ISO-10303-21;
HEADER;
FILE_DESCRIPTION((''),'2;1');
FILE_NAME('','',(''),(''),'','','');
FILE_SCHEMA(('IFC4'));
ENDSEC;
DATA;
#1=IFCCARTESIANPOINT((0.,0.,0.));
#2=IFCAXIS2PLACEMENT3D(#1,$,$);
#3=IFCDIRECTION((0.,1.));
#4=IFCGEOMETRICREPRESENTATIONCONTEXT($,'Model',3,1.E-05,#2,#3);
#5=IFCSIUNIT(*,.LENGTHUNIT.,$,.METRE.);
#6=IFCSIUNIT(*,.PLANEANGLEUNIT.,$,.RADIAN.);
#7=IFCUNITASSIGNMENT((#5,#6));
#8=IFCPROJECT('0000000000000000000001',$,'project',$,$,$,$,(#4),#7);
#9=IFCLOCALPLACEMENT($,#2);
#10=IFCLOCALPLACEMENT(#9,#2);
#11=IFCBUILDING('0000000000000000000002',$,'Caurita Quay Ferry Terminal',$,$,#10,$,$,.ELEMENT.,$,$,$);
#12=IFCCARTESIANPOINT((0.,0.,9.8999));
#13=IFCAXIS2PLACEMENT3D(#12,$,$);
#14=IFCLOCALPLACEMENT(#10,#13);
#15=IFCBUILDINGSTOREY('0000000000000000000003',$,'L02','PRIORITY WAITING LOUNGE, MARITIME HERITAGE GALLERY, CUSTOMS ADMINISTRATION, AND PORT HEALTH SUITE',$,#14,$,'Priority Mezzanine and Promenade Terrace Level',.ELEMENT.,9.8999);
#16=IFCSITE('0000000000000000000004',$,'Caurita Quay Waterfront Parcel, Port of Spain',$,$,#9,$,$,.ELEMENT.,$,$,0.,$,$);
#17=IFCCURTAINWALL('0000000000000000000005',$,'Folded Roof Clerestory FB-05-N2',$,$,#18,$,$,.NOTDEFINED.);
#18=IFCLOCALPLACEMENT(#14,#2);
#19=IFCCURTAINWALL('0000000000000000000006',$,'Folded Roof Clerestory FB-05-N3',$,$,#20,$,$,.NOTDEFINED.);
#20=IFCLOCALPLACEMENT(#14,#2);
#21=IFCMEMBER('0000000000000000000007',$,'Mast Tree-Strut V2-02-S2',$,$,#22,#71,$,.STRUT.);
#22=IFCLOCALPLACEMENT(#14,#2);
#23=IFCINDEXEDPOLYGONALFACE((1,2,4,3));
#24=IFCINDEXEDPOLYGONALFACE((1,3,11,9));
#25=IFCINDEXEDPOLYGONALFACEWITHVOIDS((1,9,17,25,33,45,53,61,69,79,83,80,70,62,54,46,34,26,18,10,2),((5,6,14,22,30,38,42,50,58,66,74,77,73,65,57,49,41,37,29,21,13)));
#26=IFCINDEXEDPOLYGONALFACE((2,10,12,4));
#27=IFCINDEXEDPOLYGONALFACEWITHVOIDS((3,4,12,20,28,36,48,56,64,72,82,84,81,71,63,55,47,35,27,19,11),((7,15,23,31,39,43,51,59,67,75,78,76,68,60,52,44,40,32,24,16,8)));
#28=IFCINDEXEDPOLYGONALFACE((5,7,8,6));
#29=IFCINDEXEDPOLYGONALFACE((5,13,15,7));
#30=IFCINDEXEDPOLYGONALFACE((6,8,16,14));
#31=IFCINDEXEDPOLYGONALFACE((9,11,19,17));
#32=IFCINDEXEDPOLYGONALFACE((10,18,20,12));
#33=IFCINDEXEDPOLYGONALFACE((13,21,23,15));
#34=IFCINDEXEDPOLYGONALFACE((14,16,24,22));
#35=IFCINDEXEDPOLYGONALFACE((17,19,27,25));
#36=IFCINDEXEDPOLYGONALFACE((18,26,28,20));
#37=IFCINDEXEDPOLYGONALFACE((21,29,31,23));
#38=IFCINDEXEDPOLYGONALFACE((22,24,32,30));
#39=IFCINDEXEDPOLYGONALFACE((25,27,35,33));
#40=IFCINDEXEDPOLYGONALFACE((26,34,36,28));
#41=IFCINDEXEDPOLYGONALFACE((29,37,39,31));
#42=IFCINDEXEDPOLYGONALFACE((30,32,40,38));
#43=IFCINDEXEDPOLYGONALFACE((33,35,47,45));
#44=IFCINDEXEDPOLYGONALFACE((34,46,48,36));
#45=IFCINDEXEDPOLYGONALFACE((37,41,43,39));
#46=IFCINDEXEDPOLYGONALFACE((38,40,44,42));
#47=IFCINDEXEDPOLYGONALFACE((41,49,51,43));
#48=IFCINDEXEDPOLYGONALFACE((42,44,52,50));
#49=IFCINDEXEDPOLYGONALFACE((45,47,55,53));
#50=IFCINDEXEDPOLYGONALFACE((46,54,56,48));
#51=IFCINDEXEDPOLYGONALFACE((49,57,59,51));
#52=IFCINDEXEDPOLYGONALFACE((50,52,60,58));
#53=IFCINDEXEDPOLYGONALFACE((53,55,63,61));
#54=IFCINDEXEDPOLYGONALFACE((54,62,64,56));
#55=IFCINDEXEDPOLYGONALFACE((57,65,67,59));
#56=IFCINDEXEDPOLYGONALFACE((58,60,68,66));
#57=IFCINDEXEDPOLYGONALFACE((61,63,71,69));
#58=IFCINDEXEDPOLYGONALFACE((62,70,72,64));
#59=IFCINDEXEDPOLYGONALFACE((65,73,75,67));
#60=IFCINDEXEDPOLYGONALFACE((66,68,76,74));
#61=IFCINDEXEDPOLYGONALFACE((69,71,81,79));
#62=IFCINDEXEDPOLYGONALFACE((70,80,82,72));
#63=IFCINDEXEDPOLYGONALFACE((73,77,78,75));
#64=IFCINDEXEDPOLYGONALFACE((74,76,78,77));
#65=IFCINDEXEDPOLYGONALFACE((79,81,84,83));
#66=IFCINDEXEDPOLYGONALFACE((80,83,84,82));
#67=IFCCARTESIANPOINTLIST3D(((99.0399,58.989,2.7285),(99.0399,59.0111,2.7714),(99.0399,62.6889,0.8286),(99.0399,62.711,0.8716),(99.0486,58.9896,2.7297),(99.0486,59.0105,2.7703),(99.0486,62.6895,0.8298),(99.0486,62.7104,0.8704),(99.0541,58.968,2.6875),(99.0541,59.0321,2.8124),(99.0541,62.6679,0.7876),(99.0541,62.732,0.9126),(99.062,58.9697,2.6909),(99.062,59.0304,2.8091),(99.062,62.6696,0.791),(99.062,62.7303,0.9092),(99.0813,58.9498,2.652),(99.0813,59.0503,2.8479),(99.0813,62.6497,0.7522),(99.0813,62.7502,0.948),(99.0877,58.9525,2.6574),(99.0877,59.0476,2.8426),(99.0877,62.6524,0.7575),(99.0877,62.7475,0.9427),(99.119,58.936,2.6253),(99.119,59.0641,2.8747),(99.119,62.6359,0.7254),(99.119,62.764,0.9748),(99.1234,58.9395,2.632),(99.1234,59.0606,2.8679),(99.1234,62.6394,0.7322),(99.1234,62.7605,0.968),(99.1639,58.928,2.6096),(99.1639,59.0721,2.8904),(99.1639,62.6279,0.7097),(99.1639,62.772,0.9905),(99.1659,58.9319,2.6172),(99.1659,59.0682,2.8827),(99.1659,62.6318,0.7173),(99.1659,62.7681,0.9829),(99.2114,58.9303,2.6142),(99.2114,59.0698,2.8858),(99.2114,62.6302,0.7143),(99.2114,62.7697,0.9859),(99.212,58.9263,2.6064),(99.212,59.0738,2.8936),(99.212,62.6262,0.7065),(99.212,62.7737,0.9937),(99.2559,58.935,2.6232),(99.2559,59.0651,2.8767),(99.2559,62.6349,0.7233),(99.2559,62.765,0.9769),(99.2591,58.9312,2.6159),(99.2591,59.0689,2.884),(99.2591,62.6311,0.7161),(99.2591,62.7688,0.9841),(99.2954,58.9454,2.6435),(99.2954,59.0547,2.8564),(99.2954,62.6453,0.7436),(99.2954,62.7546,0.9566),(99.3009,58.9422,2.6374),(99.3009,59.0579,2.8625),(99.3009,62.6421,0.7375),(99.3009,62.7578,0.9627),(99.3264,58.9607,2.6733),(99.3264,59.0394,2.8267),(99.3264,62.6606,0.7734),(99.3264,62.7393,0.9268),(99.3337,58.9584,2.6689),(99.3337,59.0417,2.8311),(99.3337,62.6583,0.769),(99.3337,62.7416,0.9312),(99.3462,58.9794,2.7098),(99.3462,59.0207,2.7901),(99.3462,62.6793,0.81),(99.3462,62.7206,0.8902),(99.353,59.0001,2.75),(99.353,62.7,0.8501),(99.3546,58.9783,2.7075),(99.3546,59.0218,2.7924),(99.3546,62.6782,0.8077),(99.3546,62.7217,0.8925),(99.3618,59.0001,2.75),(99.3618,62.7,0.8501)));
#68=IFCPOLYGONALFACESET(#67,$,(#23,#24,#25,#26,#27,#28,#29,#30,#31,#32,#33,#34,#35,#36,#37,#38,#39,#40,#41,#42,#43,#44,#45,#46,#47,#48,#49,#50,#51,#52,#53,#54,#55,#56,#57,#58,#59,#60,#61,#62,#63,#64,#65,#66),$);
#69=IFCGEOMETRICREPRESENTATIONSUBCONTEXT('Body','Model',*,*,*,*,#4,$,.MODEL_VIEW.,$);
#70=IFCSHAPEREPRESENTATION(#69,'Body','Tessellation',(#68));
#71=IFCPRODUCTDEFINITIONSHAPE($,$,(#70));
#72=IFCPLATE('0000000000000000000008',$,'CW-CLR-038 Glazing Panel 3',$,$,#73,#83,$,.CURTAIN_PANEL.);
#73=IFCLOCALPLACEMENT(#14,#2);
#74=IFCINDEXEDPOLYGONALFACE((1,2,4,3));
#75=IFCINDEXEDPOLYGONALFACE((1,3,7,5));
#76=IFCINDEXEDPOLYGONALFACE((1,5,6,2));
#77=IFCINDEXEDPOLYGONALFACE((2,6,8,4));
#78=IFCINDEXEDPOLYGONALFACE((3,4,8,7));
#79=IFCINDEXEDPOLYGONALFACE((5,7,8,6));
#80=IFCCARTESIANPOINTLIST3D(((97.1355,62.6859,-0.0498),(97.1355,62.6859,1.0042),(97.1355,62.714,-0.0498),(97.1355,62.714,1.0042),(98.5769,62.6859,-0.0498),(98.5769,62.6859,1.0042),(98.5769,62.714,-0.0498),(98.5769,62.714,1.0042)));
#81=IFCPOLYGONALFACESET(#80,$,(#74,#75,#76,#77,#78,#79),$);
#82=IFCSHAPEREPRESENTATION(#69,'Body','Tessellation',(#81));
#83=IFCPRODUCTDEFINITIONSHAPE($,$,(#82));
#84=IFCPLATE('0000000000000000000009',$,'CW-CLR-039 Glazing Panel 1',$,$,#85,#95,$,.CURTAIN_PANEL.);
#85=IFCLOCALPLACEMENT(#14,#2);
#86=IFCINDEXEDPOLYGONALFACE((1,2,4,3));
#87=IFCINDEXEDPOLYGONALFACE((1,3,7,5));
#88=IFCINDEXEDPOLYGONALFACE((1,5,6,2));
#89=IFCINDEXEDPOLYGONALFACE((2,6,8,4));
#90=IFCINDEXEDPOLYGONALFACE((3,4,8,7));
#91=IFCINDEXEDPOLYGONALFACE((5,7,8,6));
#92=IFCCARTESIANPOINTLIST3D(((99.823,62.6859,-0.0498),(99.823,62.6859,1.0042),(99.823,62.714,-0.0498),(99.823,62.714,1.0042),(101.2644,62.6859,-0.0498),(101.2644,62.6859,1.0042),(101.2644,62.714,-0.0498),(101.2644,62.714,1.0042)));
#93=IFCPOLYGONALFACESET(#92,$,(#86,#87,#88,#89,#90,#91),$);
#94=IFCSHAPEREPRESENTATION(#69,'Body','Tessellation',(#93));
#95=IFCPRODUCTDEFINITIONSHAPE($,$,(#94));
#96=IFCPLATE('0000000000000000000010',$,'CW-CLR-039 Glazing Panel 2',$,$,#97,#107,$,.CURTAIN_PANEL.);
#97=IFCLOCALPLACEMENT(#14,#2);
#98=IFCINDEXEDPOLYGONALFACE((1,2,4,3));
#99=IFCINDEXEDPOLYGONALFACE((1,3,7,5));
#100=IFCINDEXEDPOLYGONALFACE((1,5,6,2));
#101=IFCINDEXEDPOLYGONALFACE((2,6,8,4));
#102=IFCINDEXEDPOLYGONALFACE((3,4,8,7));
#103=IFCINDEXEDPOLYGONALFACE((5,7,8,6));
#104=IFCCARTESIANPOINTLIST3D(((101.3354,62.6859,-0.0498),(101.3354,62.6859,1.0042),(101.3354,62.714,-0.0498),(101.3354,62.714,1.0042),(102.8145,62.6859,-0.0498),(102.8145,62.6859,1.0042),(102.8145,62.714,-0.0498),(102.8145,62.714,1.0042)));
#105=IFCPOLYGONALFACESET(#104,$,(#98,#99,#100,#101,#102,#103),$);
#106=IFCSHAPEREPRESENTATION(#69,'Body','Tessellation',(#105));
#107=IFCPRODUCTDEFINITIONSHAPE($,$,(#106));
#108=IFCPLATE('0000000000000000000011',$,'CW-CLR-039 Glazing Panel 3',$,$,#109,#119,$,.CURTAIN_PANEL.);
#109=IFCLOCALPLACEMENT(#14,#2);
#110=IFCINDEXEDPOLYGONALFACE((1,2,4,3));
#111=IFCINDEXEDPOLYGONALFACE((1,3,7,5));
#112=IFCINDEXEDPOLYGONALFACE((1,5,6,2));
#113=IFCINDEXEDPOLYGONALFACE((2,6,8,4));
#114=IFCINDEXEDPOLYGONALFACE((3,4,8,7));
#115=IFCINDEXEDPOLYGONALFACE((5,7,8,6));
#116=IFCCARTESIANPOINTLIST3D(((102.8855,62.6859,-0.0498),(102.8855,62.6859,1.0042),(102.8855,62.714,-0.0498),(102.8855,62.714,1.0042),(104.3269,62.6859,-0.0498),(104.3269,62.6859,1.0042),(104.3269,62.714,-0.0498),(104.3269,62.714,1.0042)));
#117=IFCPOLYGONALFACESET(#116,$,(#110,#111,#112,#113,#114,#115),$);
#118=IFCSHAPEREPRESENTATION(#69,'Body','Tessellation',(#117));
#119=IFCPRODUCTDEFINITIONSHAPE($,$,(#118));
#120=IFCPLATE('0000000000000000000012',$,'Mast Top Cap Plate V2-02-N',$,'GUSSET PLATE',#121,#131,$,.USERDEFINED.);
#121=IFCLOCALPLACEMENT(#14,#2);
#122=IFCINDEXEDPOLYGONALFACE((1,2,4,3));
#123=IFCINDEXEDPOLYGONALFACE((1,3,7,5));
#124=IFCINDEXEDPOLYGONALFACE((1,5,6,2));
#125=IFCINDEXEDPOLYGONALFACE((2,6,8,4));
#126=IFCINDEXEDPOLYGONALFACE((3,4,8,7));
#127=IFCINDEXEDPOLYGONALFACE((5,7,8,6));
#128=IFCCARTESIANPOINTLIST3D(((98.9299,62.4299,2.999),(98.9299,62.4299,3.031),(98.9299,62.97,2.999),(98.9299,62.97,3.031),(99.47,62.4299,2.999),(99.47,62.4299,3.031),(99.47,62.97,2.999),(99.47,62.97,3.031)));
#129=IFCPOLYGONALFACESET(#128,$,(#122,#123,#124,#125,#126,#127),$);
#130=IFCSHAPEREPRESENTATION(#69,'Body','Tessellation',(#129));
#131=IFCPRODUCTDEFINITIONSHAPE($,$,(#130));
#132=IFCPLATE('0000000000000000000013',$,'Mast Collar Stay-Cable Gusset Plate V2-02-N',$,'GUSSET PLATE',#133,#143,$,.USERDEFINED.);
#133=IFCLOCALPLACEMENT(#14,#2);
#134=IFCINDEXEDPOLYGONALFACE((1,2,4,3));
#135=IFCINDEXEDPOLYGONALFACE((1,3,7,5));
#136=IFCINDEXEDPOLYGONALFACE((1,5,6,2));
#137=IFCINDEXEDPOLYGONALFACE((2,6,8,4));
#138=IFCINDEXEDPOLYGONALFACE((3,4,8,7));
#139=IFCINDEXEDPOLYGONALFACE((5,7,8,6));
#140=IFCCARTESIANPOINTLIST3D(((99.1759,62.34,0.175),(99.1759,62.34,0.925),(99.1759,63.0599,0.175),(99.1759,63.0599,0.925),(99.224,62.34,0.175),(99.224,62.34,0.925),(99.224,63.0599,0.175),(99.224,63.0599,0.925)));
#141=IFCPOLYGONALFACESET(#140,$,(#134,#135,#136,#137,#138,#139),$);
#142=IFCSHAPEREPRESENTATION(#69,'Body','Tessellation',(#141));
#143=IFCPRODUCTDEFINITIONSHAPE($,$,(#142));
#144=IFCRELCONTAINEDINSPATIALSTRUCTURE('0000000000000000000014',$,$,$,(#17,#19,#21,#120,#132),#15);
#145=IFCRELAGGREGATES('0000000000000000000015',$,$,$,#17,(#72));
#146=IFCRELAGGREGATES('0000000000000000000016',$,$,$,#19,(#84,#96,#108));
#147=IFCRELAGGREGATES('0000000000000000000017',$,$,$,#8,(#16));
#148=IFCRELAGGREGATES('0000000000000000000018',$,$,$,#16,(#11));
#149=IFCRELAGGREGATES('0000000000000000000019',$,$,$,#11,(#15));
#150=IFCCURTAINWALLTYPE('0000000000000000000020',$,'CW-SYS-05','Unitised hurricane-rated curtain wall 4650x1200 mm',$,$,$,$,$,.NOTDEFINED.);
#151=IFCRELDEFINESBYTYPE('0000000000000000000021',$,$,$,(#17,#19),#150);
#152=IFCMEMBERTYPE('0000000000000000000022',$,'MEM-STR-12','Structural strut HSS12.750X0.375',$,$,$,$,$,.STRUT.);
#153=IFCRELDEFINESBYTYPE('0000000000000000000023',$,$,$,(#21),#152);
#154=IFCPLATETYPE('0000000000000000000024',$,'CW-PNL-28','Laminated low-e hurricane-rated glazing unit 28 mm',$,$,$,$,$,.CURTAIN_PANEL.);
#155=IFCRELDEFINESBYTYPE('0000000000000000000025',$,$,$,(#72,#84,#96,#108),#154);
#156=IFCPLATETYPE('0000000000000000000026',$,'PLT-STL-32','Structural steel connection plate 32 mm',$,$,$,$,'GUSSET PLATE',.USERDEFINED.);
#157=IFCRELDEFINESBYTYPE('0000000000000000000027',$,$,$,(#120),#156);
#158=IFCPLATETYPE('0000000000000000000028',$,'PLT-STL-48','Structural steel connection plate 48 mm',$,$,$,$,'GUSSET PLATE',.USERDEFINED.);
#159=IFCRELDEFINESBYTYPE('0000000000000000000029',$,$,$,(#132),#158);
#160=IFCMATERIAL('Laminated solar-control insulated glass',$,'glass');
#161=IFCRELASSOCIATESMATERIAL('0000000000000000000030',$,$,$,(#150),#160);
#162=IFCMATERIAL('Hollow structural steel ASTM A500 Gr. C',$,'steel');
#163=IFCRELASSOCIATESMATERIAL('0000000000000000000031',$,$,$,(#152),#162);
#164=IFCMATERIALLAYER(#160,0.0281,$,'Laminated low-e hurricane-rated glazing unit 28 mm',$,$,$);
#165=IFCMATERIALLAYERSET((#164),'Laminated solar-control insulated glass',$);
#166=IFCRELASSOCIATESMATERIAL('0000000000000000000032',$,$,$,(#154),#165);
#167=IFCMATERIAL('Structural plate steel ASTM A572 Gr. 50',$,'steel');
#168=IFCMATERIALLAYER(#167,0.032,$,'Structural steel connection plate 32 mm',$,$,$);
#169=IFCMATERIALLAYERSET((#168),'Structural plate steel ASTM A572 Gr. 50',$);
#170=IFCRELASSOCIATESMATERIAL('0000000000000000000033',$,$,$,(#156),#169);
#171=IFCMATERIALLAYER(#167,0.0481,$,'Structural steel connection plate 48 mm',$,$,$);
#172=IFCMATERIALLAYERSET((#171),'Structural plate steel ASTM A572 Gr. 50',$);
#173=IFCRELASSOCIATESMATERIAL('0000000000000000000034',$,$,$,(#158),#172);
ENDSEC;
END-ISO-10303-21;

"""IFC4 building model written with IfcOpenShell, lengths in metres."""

from ifc_helpers import new_model, si_unit, direction, frame, origin, origin_2d, place, context, subcontext, project, spatial, rectangle, hollow_circle, extrude, material, layer, layer_set, material_profile, profile_set, type_object, element, aggregate, save


model = new_model("IFC4")

# Units and contexts
model_context = context("Model", 3, precision=1e-05, world=origin(), true_north=direction((0.0, 1.0)))
body_context = subcontext(model_context, "Body", "Model", "MODEL_VIEW")
ifc_project = project(units=[si_unit("LENGTHUNIT", "METRE"), si_unit("PLANEANGLEUNIT", "RADIAN")], contexts=[model_context])

# Site, building, storey
site_placement = place(None, origin())
site = spatial("IfcSite", under=ifc_project, at=site_placement, Name="Caurita Quay Waterfront Parcel, Port of Spain", CompositionType="ELEMENT", RefElevation=0.0)
building_placement = place(site_placement, origin())
building = spatial("IfcBuilding", under=site, at=building_placement, Name="Caurita Quay Ferry Terminal", CompositionType="ELEMENT")
storey_placement = place(building_placement, frame((0.0, 0.0, 9.8999)))
storey = spatial("IfcBuildingStorey", under=building, at=storey_placement, Name="L02", Description="PRIORITY WAITING LOUNGE, MARITIME HERITAGE GALLERY, CUSTOMS ADMINISTRATION, AND PORT HEALTH SUITE", LongName="Priority Mezzanine and Promenade Terrace Level", CompositionType="ELEMENT", Elevation=9.8999)

# Shared definitions
ifc_material_1 = material(Name="Hollow structural steel ASTM A500 Gr. C", Category="steel")

# Curtain wall
ifc_material_2 = material(Name="Laminated solar-control insulated glass", Category="glass")
curtain_wall_type = type_object("IfcCurtainWallType", Name="CW-SYS-05", Description="Unitised hurricane-rated curtain wall 4650x1200 mm", PredefinedType="NOTDEFINED", material=ifc_material_2)
curtain_wall_1_placement = place(storey_placement, origin())
curtain_wall_1 = element("IfcCurtainWall", 1, at=curtain_wall_1_placement, inside=storey, type_object=curtain_wall_type, Name="Folded Roof Clerestory FB-05-N2", PredefinedType="NOTDEFINED")

# Curtain wall
curtain_wall_2_placement = place(storey_placement, origin())
curtain_wall_2 = element("IfcCurtainWall", 2, at=curtain_wall_2_placement, inside=storey, type_object=curtain_wall_type, Name="Folded Roof Clerestory FB-05-N3", PredefinedType="NOTDEFINED")

# Member
ifc_material_profile_1 = material_profile(ifc_material_1, hollow_circle(Radius=0.1619, WallThickness=0.0088, at=origin_2d()), Name="HSS12.750X0.375")
ifc_profile_set_1 = profile_set([ifc_material_profile_1], Name="Hollow structural steel ASTM A500 Gr. C")
member_type_1 = type_object("IfcMemberType", Name="MEM-STR-12", Description="Structural strut HSS12.750X0.375", PredefinedType="STRUT", material=ifc_profile_set_1)
member_1_placement = place(storey_placement, frame((99.2, 62.7, 0.8501), z_axis=(0.0, -0.889574, 0.456791), x_axis=(1.0, 0.0, 0.0)))
element("IfcMember", 3, at=member_1_placement, inside=storey, type_object=member_type_1, Name="Mast Tree-Strut V2-02-S2", PredefinedType="STRUT", context=body_context, shape_type="SweptSolid", body=[
    extrude(hollow_circle(Radius=0.1619, WallThickness=0.0088, at=origin_2d()), origin(), (0.0, 0.0, 1.0), 4.1592),
])

# Plates
ifc_layer_1 = layer(ifc_material_2, 0.0281, Name="Laminated low-e hurricane-rated glazing unit 28 mm")
ifc_layer_set_1 = layer_set([ifc_layer_1], Name="Laminated solar-control insulated glass")
plate_type_1 = type_object("IfcPlateType", Name="CW-PNL-28", Description="Laminated low-e hurricane-rated glazing unit 28 mm", PredefinedType="CURTAIN_PANEL", material=ifc_layer_set_1)
plate_1_placement = place(storey_placement, frame((97.8562, 62.7, -0.0498), z_axis=(0.0, 0.0, 1.0), x_axis=(1.0, 0.0, 0.0)))
plate_1 = element("IfcPlate", 4, at=plate_1_placement, type_object=plate_type_1, Name="CW-CLR-038 Glazing Panel 3", PredefinedType="CURTAIN_PANEL", context=body_context, shape_type="SweptSolid", body=[
    extrude(rectangle(XDim=1.4414, YDim=0.0281, at=origin_2d()), origin(), (0.0, 0.0, 1.0), 1.054),
])
aggregate(curtain_wall_1, [plate_1])
plate_2_placement = place(storey_placement, frame((100.5437, 62.7, -0.0498), z_axis=(0.0, 0.0, 1.0), x_axis=(1.0, 0.0, 0.0)))
plate_2 = element("IfcPlate", 5, at=plate_2_placement, type_object=plate_type_1, Name="CW-CLR-039 Glazing Panel 1", PredefinedType="CURTAIN_PANEL", context=body_context, shape_type="SweptSolid", body=[
    extrude(rectangle(XDim=1.4414, YDim=0.0281, at=origin_2d()), origin(), (0.0, 0.0, 1.0), 1.054),
])
plate_3_placement = place(storey_placement, frame((102.075, 62.7, -0.0498), z_axis=(0.0, 0.0, 1.0), x_axis=(1.0, 0.0, 0.0)))
plate_3 = element("IfcPlate", 6, at=plate_3_placement, type_object=plate_type_1, Name="CW-CLR-039 Glazing Panel 2", PredefinedType="CURTAIN_PANEL", context=body_context, shape_type="SweptSolid", body=[
    extrude(rectangle(XDim=1.479, YDim=0.0281, at=origin_2d()), origin(), (0.0, 0.0, 1.0), 1.054),
])
plate_4_placement = place(storey_placement, frame((103.6062, 62.7, -0.0498), z_axis=(0.0, 0.0, 1.0), x_axis=(1.0, 0.0, 0.0)))
plate_4 = element("IfcPlate", 7, at=plate_4_placement, type_object=plate_type_1, Name="CW-CLR-039 Glazing Panel 3", PredefinedType="CURTAIN_PANEL", context=body_context, shape_type="SweptSolid", body=[
    extrude(rectangle(XDim=1.4414, YDim=0.0281, at=origin_2d()), origin(), (0.0, 0.0, 1.0), 1.054),
])
aggregate(curtain_wall_2, [plate_2, plate_3, plate_4])

# Plates
ifc_material_3 = material(Name="Structural plate steel ASTM A572 Gr. 50", Category="steel")
ifc_layer_2 = layer(ifc_material_3, 0.032, Name="Structural steel connection plate 32 mm")
ifc_layer_set_2 = layer_set([ifc_layer_2], Name="Structural plate steel ASTM A572 Gr. 50")
plate_type_2 = type_object("IfcPlateType", Name="PLT-STL-32", Description="Structural steel connection plate 32 mm", ElementType="GUSSET PLATE", PredefinedType="USERDEFINED", material=ifc_layer_set_2)
plate_5_placement = place(storey_placement, frame((99.2, 62.7, 2.999), z_axis=(0.0, 0.0, 1.0), x_axis=(1.0, 0.0, 0.0)))
element("IfcPlate", 8, at=plate_5_placement, inside=storey, type_object=plate_type_2, Name="Mast Top Cap Plate V2-02-N", ObjectType="GUSSET PLATE", PredefinedType="USERDEFINED", context=body_context, shape_type="SweptSolid", body=[
    extrude(rectangle(XDim=0.54, YDim=0.54, at=origin_2d()), origin(), (0.0, 0.0, 1.0), 0.032),
])
ifc_layer_3 = layer(ifc_material_3, 0.0481, Name="Structural steel connection plate 48 mm")
ifc_layer_set_3 = layer_set([ifc_layer_3], Name="Structural plate steel ASTM A572 Gr. 50")
plate_type_3 = type_object("IfcPlateType", Name="PLT-STL-48", Description="Structural steel connection plate 48 mm", ElementType="GUSSET PLATE", PredefinedType="USERDEFINED", material=ifc_layer_set_3)
plate_6_placement = place(storey_placement, frame((99.2, 62.7, 0.175), z_axis=(0.0, 0.0, 1.0), x_axis=(1.0, 0.0, 0.0)))
element("IfcPlate", 9, at=plate_6_placement, inside=storey, type_object=plate_type_3, Name="Mast Collar Stay-Cable Gusset Plate V2-02-N", ObjectType="GUSSET PLATE", PredefinedType="USERDEFINED", context=body_context, shape_type="SweptSolid", body=[
    extrude(rectangle(XDim=0.0481, YDim=0.72, at=origin_2d()), origin(), (0.0, 0.0, 1.0), 0.75),
])

save(model, "model.ifc")
